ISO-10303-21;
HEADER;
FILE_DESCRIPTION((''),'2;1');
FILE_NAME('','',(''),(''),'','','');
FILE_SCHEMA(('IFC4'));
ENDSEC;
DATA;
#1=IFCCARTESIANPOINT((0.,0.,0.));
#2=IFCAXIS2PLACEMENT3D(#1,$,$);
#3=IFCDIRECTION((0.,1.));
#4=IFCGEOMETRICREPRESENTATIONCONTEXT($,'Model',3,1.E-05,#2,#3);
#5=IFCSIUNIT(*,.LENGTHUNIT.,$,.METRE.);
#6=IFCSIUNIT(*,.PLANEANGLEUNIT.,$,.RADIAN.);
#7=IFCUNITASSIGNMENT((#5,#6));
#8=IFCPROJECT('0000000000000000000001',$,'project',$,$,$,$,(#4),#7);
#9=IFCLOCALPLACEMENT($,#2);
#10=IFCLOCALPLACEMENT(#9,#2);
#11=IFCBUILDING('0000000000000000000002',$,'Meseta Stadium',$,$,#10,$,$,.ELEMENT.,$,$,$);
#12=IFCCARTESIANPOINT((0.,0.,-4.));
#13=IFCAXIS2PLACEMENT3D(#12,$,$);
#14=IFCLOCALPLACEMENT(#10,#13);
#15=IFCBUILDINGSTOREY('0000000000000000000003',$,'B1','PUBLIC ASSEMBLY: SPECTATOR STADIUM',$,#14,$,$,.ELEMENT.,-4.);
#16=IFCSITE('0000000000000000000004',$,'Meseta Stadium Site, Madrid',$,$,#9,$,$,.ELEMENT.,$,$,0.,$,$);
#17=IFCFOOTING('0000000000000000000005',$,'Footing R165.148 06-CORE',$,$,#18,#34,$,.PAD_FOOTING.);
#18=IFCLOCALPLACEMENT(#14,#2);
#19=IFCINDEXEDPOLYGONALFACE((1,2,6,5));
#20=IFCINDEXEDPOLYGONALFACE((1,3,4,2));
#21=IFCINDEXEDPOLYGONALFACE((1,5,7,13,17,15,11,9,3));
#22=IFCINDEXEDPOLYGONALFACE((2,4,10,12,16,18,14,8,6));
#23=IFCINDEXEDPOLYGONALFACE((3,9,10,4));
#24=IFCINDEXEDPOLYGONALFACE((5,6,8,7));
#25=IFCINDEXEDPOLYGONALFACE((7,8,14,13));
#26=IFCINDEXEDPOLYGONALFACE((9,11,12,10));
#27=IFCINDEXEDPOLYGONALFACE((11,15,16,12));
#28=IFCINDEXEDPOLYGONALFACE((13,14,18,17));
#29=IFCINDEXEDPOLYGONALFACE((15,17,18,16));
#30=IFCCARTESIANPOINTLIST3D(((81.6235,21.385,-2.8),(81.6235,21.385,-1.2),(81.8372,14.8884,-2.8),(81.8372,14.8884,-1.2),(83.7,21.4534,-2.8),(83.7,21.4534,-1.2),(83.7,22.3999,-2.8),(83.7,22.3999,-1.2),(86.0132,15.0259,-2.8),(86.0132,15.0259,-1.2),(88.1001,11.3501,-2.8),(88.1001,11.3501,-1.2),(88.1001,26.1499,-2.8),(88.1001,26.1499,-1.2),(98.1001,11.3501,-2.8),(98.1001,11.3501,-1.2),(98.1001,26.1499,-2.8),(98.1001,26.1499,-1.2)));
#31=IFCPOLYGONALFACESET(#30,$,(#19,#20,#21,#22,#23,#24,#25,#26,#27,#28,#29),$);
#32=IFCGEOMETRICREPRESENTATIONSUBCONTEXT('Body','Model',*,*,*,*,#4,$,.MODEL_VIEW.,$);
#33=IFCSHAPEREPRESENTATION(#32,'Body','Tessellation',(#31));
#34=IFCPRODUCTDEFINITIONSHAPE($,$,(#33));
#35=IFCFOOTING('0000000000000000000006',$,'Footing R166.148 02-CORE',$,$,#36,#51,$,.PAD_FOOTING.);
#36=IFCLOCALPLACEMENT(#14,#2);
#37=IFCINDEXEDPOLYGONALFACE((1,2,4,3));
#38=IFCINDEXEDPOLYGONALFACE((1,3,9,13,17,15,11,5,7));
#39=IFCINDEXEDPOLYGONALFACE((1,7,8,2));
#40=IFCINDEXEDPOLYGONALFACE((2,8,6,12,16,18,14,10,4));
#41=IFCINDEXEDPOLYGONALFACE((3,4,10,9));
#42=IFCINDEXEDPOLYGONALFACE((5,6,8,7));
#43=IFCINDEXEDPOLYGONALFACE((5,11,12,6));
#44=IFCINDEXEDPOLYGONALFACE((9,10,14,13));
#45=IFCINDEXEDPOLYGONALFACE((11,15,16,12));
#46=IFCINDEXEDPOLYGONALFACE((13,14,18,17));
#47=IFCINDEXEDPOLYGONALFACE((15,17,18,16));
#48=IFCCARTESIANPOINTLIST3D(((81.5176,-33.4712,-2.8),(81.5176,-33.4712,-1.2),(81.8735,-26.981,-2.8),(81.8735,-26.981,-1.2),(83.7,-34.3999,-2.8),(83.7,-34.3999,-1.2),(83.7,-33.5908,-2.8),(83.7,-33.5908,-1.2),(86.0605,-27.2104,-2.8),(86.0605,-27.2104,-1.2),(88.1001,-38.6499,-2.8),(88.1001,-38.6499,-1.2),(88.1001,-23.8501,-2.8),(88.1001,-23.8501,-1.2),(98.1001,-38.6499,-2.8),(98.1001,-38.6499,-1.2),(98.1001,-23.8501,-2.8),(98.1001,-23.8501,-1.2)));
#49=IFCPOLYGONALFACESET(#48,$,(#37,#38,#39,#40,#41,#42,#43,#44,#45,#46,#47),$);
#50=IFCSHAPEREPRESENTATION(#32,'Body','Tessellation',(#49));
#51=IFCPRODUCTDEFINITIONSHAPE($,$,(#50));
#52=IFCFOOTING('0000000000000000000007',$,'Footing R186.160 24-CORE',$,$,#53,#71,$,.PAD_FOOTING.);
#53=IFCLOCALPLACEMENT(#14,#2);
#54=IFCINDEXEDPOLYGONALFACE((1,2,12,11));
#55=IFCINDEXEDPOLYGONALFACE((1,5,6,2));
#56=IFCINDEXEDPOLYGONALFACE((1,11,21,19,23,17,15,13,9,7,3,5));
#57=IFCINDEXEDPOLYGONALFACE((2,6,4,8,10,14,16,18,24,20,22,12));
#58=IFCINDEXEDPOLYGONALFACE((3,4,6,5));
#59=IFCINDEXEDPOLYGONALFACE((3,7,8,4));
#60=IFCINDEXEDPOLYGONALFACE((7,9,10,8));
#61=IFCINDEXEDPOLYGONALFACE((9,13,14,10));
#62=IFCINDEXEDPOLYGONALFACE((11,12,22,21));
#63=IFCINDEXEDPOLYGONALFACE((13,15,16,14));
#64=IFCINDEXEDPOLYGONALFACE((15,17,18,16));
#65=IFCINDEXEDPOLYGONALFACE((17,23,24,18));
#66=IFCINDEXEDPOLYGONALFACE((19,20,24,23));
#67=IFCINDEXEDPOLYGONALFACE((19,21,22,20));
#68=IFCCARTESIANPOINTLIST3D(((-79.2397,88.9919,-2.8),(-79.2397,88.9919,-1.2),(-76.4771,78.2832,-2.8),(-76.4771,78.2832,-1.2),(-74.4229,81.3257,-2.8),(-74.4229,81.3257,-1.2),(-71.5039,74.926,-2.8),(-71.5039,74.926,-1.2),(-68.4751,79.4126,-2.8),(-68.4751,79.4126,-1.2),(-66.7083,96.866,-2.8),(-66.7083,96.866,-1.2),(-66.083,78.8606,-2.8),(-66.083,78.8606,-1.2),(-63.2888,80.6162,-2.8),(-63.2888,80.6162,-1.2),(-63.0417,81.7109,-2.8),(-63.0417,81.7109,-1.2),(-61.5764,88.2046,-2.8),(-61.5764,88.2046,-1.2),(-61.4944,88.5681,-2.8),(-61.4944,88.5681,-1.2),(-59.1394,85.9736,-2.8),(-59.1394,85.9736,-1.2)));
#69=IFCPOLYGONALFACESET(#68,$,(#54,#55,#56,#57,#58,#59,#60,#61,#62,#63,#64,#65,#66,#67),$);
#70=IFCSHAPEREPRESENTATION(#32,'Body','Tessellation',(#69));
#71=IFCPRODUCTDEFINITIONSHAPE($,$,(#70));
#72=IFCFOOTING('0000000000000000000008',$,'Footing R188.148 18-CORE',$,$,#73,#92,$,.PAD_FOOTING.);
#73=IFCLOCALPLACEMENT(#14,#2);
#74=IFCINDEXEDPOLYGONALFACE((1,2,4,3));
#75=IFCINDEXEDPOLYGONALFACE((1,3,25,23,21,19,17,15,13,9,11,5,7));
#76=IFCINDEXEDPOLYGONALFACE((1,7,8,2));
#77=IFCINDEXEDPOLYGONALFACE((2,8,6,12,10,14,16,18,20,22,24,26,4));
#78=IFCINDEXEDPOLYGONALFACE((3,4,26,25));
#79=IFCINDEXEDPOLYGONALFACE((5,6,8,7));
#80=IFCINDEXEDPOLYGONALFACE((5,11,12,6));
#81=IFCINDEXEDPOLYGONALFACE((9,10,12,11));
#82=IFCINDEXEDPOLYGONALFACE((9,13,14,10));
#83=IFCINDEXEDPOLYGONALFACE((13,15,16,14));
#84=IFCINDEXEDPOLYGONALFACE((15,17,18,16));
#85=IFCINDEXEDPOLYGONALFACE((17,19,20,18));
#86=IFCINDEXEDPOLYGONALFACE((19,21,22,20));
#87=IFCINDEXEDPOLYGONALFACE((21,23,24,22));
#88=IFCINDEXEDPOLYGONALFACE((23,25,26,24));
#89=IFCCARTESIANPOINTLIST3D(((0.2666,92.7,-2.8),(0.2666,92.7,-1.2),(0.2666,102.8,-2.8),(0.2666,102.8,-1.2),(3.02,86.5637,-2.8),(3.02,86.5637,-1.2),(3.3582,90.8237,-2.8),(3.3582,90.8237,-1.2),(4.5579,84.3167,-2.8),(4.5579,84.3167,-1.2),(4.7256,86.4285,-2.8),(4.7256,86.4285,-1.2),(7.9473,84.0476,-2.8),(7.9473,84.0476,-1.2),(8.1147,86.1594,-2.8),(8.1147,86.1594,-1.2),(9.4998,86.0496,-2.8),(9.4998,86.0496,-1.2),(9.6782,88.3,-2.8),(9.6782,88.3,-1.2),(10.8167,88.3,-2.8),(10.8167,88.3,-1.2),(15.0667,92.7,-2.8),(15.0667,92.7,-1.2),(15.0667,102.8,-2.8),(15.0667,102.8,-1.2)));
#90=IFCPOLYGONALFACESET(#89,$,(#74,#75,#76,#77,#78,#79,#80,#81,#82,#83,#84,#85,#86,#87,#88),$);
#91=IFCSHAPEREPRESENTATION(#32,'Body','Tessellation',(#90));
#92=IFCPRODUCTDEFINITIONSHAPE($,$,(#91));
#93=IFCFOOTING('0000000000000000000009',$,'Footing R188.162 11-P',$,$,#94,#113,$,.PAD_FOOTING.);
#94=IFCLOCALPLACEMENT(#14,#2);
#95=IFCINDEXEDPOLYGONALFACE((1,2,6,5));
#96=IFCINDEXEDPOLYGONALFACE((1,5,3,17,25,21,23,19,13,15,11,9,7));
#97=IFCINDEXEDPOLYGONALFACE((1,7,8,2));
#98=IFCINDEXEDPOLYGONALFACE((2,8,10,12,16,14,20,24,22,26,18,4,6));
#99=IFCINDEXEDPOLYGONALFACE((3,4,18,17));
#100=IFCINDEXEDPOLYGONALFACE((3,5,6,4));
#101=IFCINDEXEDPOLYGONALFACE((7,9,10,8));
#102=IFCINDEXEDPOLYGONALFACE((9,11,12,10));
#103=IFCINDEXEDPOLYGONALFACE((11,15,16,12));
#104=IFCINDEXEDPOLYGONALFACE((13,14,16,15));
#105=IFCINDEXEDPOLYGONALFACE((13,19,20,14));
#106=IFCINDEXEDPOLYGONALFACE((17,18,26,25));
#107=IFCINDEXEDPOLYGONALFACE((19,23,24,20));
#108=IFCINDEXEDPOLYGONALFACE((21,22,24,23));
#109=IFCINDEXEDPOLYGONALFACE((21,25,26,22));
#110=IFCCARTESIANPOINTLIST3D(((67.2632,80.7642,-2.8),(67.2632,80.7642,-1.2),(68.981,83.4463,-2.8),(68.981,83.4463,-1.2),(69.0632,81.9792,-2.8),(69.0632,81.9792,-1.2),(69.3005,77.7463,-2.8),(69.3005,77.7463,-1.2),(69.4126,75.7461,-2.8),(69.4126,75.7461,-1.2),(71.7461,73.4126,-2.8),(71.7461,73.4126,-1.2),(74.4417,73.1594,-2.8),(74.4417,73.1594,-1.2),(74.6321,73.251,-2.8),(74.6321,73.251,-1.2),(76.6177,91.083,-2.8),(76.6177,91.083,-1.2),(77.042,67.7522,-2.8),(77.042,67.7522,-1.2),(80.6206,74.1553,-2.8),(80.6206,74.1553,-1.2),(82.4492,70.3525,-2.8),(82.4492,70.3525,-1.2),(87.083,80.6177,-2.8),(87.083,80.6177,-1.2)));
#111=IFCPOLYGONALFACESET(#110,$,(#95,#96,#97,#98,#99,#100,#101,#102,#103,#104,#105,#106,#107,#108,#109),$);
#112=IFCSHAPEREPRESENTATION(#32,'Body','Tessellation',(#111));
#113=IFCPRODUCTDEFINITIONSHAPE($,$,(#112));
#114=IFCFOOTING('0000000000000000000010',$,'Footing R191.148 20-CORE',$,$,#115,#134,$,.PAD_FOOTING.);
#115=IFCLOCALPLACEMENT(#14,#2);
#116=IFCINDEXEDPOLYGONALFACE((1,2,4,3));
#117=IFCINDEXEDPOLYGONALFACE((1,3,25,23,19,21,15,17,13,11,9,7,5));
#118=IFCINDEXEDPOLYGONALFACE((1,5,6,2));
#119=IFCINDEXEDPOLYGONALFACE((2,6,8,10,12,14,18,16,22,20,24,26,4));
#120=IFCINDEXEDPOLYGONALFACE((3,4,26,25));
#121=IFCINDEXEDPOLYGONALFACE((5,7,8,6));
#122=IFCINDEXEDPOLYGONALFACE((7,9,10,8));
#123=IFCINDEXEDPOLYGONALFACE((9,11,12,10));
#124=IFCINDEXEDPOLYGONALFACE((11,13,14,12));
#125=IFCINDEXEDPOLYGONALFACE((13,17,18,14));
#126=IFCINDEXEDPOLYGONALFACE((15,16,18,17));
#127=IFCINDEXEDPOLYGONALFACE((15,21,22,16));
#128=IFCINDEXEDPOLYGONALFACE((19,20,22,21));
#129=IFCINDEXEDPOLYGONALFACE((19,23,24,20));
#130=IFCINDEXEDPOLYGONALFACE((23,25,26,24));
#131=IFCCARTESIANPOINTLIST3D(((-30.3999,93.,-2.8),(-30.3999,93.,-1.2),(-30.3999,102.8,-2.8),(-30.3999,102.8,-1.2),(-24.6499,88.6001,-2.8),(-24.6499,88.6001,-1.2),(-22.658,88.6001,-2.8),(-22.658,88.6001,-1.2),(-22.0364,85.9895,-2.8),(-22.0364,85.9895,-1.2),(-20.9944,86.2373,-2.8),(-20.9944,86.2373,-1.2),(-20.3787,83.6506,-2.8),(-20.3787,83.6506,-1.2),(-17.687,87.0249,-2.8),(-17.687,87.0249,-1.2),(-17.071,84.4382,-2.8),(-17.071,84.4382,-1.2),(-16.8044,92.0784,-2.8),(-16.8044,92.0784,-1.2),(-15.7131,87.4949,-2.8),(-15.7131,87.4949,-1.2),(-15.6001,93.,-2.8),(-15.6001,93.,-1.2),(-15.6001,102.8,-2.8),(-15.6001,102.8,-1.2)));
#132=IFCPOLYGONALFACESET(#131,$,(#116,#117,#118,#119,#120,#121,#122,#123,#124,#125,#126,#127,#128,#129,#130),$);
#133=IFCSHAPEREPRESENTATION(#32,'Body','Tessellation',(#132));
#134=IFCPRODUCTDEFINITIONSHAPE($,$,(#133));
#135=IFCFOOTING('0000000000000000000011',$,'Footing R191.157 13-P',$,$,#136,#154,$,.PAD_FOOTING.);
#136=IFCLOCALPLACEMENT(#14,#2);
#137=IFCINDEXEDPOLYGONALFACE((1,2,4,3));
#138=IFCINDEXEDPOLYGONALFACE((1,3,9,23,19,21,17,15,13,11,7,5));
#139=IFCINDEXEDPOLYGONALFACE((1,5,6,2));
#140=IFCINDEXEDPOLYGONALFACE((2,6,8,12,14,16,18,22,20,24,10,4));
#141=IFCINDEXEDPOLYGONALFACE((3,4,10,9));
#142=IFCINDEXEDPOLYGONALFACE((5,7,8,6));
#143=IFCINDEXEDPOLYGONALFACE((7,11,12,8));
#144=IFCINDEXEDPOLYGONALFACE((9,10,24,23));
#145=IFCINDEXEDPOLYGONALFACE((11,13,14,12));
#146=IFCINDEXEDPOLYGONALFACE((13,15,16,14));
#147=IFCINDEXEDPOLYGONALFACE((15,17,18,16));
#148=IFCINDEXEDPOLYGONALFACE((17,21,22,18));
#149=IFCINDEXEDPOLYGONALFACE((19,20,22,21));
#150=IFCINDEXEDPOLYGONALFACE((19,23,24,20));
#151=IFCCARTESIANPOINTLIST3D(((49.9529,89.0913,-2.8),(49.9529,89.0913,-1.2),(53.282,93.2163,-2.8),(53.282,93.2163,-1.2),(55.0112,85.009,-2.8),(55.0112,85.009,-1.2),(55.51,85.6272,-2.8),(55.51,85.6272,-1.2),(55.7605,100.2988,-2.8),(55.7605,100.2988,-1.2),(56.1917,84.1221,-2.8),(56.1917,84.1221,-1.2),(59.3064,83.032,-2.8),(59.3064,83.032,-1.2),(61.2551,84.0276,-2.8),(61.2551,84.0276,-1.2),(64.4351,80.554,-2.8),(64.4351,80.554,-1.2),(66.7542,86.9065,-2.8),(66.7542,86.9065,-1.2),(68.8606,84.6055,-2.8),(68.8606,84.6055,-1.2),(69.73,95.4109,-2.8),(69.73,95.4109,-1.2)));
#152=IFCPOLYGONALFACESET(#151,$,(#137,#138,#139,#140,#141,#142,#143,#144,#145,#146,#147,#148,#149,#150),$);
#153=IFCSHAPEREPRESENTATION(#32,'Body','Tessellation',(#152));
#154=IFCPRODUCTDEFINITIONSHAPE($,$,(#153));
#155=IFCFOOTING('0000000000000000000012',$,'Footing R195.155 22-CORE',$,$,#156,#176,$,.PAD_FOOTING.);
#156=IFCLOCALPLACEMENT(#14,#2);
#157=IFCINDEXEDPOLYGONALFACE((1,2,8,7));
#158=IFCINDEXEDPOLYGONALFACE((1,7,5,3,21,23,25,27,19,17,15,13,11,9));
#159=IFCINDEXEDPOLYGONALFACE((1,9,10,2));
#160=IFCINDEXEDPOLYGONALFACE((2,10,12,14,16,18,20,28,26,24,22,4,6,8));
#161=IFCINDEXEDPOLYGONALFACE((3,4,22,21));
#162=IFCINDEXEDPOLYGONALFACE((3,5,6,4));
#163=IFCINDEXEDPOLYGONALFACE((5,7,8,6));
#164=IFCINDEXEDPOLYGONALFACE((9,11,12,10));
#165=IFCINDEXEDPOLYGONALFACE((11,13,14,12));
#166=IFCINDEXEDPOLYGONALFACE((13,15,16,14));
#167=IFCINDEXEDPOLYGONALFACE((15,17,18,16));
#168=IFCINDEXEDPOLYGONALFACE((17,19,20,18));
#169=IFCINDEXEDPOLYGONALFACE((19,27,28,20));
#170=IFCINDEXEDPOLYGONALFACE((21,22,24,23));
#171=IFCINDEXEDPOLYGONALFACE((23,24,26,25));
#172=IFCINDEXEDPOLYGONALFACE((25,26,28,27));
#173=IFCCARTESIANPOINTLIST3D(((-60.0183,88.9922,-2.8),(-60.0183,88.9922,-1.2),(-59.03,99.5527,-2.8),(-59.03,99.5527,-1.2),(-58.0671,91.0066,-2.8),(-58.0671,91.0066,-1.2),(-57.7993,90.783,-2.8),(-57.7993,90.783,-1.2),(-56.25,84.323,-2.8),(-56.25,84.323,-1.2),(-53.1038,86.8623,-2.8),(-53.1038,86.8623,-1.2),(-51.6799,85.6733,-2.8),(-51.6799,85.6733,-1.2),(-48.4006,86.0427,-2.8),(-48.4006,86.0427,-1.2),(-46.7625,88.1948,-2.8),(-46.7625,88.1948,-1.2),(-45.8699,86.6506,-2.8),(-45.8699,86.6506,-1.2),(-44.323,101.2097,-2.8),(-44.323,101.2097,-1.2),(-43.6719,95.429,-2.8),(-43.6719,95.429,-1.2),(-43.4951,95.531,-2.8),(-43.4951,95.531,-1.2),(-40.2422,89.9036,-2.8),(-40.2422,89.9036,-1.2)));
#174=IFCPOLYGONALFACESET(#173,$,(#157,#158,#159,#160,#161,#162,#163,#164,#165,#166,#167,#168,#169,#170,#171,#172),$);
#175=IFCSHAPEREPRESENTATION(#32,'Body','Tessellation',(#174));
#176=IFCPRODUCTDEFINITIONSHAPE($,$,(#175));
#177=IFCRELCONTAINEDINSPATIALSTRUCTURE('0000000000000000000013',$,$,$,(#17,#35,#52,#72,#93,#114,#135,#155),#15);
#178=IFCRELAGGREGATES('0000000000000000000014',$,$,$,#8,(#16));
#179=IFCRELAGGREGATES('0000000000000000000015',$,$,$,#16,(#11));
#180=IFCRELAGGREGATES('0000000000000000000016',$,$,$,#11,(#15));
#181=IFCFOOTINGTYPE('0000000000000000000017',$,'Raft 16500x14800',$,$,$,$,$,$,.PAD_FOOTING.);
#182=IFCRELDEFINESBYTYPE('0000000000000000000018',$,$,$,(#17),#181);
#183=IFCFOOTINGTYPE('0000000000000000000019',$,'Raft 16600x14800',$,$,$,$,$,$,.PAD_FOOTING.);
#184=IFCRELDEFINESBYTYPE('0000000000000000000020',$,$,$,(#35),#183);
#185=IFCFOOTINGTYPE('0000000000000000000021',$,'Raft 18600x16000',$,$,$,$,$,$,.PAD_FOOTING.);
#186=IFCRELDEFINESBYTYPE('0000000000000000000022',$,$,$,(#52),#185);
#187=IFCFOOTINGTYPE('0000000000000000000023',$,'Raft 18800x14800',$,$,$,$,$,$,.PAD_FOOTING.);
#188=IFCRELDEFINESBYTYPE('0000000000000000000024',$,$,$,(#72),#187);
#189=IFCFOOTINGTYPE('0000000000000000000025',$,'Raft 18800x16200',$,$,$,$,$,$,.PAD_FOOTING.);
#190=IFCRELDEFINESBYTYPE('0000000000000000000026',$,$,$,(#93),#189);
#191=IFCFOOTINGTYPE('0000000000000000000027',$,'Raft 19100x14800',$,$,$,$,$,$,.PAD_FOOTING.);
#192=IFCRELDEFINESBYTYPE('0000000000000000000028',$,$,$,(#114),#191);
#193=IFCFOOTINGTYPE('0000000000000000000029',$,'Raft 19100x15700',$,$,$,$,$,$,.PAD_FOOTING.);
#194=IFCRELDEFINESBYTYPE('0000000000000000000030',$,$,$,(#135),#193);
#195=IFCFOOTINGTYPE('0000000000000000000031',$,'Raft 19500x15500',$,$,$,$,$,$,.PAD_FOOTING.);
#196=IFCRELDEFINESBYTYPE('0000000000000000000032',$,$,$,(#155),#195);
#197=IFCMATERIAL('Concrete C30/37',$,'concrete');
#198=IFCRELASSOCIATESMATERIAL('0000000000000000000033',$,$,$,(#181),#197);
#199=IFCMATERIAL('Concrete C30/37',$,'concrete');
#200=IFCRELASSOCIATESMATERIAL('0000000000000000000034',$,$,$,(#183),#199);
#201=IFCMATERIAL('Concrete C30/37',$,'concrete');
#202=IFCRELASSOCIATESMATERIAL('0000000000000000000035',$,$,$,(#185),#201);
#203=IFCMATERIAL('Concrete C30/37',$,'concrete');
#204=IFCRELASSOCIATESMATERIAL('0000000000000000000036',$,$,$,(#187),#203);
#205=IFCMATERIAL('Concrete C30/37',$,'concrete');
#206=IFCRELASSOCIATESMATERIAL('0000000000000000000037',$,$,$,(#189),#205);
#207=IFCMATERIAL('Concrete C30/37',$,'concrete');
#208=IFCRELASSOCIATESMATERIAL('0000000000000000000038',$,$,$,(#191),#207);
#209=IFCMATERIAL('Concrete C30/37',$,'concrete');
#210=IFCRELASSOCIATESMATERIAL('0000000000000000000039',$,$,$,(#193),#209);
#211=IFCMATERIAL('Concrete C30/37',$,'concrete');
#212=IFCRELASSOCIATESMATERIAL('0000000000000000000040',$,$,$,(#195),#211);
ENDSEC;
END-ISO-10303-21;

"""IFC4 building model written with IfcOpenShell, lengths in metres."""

from ifc_helpers import new_model, si_unit, direction, frame, origin, place, context, subcontext, project, spatial, polyline, outline, extrude, material, type_object, element, save


model = new_model("IFC4")

# Units and contexts
model_context = context("Model", 3, precision=1e-05, world=origin(), true_north=direction((0.0, 1.0)))
body_context = subcontext(model_context, "Body", "Model", "MODEL_VIEW")
ifc_project = project(units=[si_unit("LENGTHUNIT", "METRE"), si_unit("PLANEANGLEUNIT", "RADIAN")], contexts=[model_context])

# Site, building, storey
site_placement = place(None, origin())
site = spatial("IfcSite", under=ifc_project, at=site_placement, Name="Meseta Stadium Site, Madrid", CompositionType="ELEMENT", RefElevation=0.0)
building_placement = place(site_placement, origin())
building = spatial("IfcBuilding", under=site, at=building_placement, Name="Meseta Stadium", CompositionType="ELEMENT")
storey_placement = place(building_placement, frame((0.0, 0.0, -4.0)))
storey = spatial("IfcBuildingStorey", under=building, at=storey_placement, Name="B1", Description="PUBLIC ASSEMBLY: SPECTATOR STADIUM", CompositionType="ELEMENT", Elevation=-4.0)

# Footings
ifc_material_1 = material(Name="Concrete C30/37", Category="concrete")
footing_type_1 = type_object("IfcFootingType", Name="Raft 16500x14800", PredefinedType="PAD_FOOTING", material=ifc_material_1)
footing_1_placement = place(storey_placement, frame((0.0, 0.0, -2.8)))
element("IfcFooting", 1, at=footing_1_placement, inside=storey, type_object=footing_type_1, Name="Footing R165.148 06-CORE", PredefinedType="PAD_FOOTING", context=body_context, shape_type="SweptSolid", body=[
    extrude(outline(polyline([(86.0132, 15.0259), (88.1001, 11.3501), (98.1001, 11.3501), (98.1001, 26.1499), (88.1001, 26.1499), (83.7, 22.3999), (83.7, 21.4534), (81.6235, 21.385), (81.8372, 14.8884), (86.0132, 15.0259)])), origin(), (0.0, 0.0, 1.0), 1.6001),
])
ifc_material_2 = material(Name="Concrete C30/37", Category="concrete")
footing_type_2 = type_object("IfcFootingType", Name="Raft 16600x14800", PredefinedType="PAD_FOOTING", material=ifc_material_2)
footing_2_placement = place(storey_placement, frame((0.0, 0.0, -2.8)))
element("IfcFooting", 2, at=footing_2_placement, inside=storey, type_object=footing_type_2, Name="Footing R166.148 02-CORE", PredefinedType="PAD_FOOTING", context=body_context, shape_type="SweptSolid", body=[
    extrude(outline(polyline([(88.1001, -38.6499), (98.1001, -38.6499), (98.1001, -23.8501), (88.1001, -23.8501), (86.0605, -27.2104), (81.8735, -26.981), (81.5176, -33.4712), (83.7, -33.5908), (83.7, -34.3999), (88.1001, -38.6499)])), origin(), (0.0, 0.0, 1.0), 1.6001),
])
ifc_material_3 = material(Name="Concrete C30/37", Category="concrete")
footing_type_3 = type_object("IfcFootingType", Name="Raft 18600x16000", PredefinedType="PAD_FOOTING", material=ifc_material_3)
footing_3_placement = place(storey_placement, frame((0.0, 0.0, -2.8)))
element("IfcFooting", 3, at=footing_3_placement, inside=storey, type_object=footing_type_3, Name="Footing R186.160 24-CORE", PredefinedType="PAD_FOOTING", context=body_context, shape_type="SweptSolid", body=[
    extrude(outline(polyline([(-68.4751, 79.4126), (-66.083, 78.8606), (-63.2888, 80.6162), (-63.0417, 81.7109), (-59.1394, 85.9736), (-61.5764, 88.2046), (-61.4944, 88.5681), (-66.7083, 96.866), (-79.2397, 88.9919), (-74.4229, 81.3257), (-76.4771, 78.2832), (-71.5039, 74.926), (-68.4751, 79.4126)])), origin(), (0.0, 0.0, 1.0), 1.6001),
])
ifc_material_4 = material(Name="Concrete C30/37", Category="concrete")
footing_type_4 = type_object("IfcFootingType", Name="Raft 18800x14800", PredefinedType="PAD_FOOTING", material=ifc_material_4)
footing_4_placement = place(storey_placement, frame((0.0, 0.0, -2.8)))
element("IfcFooting", 4, at=footing_4_placement, inside=storey, type_object=footing_type_4, Name="Footing R188.148 18-CORE", PredefinedType="PAD_FOOTING", context=body_context, shape_type="SweptSolid", body=[
    extrude(outline(polyline([(8.1147, 86.1594), (9.4998, 86.0496), (9.6782, 88.3), (10.8167, 88.3), (15.0667, 92.7), (15.0667, 102.8), (0.2666, 102.8), (0.2666, 92.7), (3.3582, 90.8237), (3.02, 86.5637), (4.7256, 86.4285), (4.5579, 84.3167), (7.9473, 84.0476), (8.1147, 86.1594)])), origin(), (0.0, 0.0, 1.0), 1.6001),
])
ifc_material_5 = material(Name="Concrete C30/37", Category="concrete")
footing_type_5 = type_object("IfcFootingType", Name="Raft 18800x16200", PredefinedType="PAD_FOOTING", material=ifc_material_5)
footing_5_placement = place(storey_placement, frame((0.0, 0.0, -2.8)))
element("IfcFooting", 5, at=footing_5_placement, inside=storey, type_object=footing_type_5, Name="Footing R188.162 11-P", PredefinedType="PAD_FOOTING", context=body_context, shape_type="SweptSolid", body=[
    extrude(outline(polyline([(77.042, 67.7522), (82.4492, 70.3525), (80.6206, 74.1553), (87.083, 80.6177), (76.6177, 91.083), (68.981, 83.4463), (69.0632, 81.9792), (67.2632, 80.7642), (69.3005, 77.7463), (69.4126, 75.7461), (71.7461, 73.4126), (74.6321, 73.251), (74.4417, 73.1594), (77.042, 67.7522)])), origin(), (0.0, 0.0, 1.0), 1.6001),
])
ifc_material_6 = material(Name="Concrete C30/37", Category="concrete")
footing_type_6 = type_object("IfcFootingType", Name="Raft 19100x14800", PredefinedType="PAD_FOOTING", material=ifc_material_6)
footing_6_placement = place(storey_placement, frame((0.0, 0.0, -2.8)))
element("IfcFooting", 6, at=footing_6_placement, inside=storey, type_object=footing_type_6, Name="Footing R191.148 20-CORE", PredefinedType="PAD_FOOTING", context=body_context, shape_type="SweptSolid", body=[
    extrude(outline(polyline([(-17.687, 87.0249), (-15.7131, 87.4949), (-16.8044, 92.0784), (-15.6001, 93.0), (-15.6001, 102.8), (-30.3999, 102.8), (-30.3999, 93.0), (-24.6499, 88.6001), (-22.658, 88.6001), (-22.0364, 85.9895), (-20.9944, 86.2373), (-20.3787, 83.6506), (-17.071, 84.4382), (-17.687, 87.0249)])), origin(), (0.0, 0.0, 1.0), 1.6001),
])
ifc_material_7 = material(Name="Concrete C30/37", Category="concrete")
footing_type_7 = type_object("IfcFootingType", Name="Raft 19100x15700", PredefinedType="PAD_FOOTING", material=ifc_material_7)
footing_7_placement = place(storey_placement, frame((0.0, 0.0, -2.8)))
element("IfcFooting", 7, at=footing_7_placement, inside=storey, type_object=footing_type_7, Name="Footing R191.157 13-P", PredefinedType="PAD_FOOTING", context=body_context, shape_type="SweptSolid", body=[
    extrude(outline(polyline([(66.7542, 86.9065), (69.73, 95.4109), (55.7605, 100.2988), (53.282, 93.2163), (49.9529, 89.0913), (55.0112, 85.009), (55.51, 85.6272), (56.1917, 84.1221), (59.3064, 83.032), (61.2551, 84.0276), (64.4351, 80.554), (68.8606, 84.6055), (66.7542, 86.9065)])), origin(), (0.0, 0.0, 1.0), 1.6001),
])
ifc_material_8 = material(Name="Concrete C30/37", Category="concrete")
footing_type_8 = type_object("IfcFootingType", Name="Raft 19500x15500", PredefinedType="PAD_FOOTING", material=ifc_material_8)
footing_8_placement = place(storey_placement, frame((0.0, 0.0, -2.8)))
element("IfcFooting", 8, at=footing_8_placement, inside=storey, type_object=footing_type_8, Name="Footing R195.155 22-CORE", PredefinedType="PAD_FOOTING", context=body_context, shape_type="SweptSolid", body=[
    extrude(outline(polyline([(-53.1038, 86.8623), (-51.6799, 85.6733), (-48.4006, 86.0427), (-46.7625, 88.1948), (-45.8699, 86.6506), (-40.2422, 89.9036), (-43.4951, 95.531), (-43.6719, 95.429), (-44.323, 101.2097), (-59.03, 99.5527), (-58.0671, 91.0066), (-57.7993, 90.783), (-60.0183, 88.9922), (-56.25, 84.323), (-53.1038, 86.8623)])), origin(), (0.0, 0.0, 1.0), 1.6001),
])

save(model, "model.ifc")
